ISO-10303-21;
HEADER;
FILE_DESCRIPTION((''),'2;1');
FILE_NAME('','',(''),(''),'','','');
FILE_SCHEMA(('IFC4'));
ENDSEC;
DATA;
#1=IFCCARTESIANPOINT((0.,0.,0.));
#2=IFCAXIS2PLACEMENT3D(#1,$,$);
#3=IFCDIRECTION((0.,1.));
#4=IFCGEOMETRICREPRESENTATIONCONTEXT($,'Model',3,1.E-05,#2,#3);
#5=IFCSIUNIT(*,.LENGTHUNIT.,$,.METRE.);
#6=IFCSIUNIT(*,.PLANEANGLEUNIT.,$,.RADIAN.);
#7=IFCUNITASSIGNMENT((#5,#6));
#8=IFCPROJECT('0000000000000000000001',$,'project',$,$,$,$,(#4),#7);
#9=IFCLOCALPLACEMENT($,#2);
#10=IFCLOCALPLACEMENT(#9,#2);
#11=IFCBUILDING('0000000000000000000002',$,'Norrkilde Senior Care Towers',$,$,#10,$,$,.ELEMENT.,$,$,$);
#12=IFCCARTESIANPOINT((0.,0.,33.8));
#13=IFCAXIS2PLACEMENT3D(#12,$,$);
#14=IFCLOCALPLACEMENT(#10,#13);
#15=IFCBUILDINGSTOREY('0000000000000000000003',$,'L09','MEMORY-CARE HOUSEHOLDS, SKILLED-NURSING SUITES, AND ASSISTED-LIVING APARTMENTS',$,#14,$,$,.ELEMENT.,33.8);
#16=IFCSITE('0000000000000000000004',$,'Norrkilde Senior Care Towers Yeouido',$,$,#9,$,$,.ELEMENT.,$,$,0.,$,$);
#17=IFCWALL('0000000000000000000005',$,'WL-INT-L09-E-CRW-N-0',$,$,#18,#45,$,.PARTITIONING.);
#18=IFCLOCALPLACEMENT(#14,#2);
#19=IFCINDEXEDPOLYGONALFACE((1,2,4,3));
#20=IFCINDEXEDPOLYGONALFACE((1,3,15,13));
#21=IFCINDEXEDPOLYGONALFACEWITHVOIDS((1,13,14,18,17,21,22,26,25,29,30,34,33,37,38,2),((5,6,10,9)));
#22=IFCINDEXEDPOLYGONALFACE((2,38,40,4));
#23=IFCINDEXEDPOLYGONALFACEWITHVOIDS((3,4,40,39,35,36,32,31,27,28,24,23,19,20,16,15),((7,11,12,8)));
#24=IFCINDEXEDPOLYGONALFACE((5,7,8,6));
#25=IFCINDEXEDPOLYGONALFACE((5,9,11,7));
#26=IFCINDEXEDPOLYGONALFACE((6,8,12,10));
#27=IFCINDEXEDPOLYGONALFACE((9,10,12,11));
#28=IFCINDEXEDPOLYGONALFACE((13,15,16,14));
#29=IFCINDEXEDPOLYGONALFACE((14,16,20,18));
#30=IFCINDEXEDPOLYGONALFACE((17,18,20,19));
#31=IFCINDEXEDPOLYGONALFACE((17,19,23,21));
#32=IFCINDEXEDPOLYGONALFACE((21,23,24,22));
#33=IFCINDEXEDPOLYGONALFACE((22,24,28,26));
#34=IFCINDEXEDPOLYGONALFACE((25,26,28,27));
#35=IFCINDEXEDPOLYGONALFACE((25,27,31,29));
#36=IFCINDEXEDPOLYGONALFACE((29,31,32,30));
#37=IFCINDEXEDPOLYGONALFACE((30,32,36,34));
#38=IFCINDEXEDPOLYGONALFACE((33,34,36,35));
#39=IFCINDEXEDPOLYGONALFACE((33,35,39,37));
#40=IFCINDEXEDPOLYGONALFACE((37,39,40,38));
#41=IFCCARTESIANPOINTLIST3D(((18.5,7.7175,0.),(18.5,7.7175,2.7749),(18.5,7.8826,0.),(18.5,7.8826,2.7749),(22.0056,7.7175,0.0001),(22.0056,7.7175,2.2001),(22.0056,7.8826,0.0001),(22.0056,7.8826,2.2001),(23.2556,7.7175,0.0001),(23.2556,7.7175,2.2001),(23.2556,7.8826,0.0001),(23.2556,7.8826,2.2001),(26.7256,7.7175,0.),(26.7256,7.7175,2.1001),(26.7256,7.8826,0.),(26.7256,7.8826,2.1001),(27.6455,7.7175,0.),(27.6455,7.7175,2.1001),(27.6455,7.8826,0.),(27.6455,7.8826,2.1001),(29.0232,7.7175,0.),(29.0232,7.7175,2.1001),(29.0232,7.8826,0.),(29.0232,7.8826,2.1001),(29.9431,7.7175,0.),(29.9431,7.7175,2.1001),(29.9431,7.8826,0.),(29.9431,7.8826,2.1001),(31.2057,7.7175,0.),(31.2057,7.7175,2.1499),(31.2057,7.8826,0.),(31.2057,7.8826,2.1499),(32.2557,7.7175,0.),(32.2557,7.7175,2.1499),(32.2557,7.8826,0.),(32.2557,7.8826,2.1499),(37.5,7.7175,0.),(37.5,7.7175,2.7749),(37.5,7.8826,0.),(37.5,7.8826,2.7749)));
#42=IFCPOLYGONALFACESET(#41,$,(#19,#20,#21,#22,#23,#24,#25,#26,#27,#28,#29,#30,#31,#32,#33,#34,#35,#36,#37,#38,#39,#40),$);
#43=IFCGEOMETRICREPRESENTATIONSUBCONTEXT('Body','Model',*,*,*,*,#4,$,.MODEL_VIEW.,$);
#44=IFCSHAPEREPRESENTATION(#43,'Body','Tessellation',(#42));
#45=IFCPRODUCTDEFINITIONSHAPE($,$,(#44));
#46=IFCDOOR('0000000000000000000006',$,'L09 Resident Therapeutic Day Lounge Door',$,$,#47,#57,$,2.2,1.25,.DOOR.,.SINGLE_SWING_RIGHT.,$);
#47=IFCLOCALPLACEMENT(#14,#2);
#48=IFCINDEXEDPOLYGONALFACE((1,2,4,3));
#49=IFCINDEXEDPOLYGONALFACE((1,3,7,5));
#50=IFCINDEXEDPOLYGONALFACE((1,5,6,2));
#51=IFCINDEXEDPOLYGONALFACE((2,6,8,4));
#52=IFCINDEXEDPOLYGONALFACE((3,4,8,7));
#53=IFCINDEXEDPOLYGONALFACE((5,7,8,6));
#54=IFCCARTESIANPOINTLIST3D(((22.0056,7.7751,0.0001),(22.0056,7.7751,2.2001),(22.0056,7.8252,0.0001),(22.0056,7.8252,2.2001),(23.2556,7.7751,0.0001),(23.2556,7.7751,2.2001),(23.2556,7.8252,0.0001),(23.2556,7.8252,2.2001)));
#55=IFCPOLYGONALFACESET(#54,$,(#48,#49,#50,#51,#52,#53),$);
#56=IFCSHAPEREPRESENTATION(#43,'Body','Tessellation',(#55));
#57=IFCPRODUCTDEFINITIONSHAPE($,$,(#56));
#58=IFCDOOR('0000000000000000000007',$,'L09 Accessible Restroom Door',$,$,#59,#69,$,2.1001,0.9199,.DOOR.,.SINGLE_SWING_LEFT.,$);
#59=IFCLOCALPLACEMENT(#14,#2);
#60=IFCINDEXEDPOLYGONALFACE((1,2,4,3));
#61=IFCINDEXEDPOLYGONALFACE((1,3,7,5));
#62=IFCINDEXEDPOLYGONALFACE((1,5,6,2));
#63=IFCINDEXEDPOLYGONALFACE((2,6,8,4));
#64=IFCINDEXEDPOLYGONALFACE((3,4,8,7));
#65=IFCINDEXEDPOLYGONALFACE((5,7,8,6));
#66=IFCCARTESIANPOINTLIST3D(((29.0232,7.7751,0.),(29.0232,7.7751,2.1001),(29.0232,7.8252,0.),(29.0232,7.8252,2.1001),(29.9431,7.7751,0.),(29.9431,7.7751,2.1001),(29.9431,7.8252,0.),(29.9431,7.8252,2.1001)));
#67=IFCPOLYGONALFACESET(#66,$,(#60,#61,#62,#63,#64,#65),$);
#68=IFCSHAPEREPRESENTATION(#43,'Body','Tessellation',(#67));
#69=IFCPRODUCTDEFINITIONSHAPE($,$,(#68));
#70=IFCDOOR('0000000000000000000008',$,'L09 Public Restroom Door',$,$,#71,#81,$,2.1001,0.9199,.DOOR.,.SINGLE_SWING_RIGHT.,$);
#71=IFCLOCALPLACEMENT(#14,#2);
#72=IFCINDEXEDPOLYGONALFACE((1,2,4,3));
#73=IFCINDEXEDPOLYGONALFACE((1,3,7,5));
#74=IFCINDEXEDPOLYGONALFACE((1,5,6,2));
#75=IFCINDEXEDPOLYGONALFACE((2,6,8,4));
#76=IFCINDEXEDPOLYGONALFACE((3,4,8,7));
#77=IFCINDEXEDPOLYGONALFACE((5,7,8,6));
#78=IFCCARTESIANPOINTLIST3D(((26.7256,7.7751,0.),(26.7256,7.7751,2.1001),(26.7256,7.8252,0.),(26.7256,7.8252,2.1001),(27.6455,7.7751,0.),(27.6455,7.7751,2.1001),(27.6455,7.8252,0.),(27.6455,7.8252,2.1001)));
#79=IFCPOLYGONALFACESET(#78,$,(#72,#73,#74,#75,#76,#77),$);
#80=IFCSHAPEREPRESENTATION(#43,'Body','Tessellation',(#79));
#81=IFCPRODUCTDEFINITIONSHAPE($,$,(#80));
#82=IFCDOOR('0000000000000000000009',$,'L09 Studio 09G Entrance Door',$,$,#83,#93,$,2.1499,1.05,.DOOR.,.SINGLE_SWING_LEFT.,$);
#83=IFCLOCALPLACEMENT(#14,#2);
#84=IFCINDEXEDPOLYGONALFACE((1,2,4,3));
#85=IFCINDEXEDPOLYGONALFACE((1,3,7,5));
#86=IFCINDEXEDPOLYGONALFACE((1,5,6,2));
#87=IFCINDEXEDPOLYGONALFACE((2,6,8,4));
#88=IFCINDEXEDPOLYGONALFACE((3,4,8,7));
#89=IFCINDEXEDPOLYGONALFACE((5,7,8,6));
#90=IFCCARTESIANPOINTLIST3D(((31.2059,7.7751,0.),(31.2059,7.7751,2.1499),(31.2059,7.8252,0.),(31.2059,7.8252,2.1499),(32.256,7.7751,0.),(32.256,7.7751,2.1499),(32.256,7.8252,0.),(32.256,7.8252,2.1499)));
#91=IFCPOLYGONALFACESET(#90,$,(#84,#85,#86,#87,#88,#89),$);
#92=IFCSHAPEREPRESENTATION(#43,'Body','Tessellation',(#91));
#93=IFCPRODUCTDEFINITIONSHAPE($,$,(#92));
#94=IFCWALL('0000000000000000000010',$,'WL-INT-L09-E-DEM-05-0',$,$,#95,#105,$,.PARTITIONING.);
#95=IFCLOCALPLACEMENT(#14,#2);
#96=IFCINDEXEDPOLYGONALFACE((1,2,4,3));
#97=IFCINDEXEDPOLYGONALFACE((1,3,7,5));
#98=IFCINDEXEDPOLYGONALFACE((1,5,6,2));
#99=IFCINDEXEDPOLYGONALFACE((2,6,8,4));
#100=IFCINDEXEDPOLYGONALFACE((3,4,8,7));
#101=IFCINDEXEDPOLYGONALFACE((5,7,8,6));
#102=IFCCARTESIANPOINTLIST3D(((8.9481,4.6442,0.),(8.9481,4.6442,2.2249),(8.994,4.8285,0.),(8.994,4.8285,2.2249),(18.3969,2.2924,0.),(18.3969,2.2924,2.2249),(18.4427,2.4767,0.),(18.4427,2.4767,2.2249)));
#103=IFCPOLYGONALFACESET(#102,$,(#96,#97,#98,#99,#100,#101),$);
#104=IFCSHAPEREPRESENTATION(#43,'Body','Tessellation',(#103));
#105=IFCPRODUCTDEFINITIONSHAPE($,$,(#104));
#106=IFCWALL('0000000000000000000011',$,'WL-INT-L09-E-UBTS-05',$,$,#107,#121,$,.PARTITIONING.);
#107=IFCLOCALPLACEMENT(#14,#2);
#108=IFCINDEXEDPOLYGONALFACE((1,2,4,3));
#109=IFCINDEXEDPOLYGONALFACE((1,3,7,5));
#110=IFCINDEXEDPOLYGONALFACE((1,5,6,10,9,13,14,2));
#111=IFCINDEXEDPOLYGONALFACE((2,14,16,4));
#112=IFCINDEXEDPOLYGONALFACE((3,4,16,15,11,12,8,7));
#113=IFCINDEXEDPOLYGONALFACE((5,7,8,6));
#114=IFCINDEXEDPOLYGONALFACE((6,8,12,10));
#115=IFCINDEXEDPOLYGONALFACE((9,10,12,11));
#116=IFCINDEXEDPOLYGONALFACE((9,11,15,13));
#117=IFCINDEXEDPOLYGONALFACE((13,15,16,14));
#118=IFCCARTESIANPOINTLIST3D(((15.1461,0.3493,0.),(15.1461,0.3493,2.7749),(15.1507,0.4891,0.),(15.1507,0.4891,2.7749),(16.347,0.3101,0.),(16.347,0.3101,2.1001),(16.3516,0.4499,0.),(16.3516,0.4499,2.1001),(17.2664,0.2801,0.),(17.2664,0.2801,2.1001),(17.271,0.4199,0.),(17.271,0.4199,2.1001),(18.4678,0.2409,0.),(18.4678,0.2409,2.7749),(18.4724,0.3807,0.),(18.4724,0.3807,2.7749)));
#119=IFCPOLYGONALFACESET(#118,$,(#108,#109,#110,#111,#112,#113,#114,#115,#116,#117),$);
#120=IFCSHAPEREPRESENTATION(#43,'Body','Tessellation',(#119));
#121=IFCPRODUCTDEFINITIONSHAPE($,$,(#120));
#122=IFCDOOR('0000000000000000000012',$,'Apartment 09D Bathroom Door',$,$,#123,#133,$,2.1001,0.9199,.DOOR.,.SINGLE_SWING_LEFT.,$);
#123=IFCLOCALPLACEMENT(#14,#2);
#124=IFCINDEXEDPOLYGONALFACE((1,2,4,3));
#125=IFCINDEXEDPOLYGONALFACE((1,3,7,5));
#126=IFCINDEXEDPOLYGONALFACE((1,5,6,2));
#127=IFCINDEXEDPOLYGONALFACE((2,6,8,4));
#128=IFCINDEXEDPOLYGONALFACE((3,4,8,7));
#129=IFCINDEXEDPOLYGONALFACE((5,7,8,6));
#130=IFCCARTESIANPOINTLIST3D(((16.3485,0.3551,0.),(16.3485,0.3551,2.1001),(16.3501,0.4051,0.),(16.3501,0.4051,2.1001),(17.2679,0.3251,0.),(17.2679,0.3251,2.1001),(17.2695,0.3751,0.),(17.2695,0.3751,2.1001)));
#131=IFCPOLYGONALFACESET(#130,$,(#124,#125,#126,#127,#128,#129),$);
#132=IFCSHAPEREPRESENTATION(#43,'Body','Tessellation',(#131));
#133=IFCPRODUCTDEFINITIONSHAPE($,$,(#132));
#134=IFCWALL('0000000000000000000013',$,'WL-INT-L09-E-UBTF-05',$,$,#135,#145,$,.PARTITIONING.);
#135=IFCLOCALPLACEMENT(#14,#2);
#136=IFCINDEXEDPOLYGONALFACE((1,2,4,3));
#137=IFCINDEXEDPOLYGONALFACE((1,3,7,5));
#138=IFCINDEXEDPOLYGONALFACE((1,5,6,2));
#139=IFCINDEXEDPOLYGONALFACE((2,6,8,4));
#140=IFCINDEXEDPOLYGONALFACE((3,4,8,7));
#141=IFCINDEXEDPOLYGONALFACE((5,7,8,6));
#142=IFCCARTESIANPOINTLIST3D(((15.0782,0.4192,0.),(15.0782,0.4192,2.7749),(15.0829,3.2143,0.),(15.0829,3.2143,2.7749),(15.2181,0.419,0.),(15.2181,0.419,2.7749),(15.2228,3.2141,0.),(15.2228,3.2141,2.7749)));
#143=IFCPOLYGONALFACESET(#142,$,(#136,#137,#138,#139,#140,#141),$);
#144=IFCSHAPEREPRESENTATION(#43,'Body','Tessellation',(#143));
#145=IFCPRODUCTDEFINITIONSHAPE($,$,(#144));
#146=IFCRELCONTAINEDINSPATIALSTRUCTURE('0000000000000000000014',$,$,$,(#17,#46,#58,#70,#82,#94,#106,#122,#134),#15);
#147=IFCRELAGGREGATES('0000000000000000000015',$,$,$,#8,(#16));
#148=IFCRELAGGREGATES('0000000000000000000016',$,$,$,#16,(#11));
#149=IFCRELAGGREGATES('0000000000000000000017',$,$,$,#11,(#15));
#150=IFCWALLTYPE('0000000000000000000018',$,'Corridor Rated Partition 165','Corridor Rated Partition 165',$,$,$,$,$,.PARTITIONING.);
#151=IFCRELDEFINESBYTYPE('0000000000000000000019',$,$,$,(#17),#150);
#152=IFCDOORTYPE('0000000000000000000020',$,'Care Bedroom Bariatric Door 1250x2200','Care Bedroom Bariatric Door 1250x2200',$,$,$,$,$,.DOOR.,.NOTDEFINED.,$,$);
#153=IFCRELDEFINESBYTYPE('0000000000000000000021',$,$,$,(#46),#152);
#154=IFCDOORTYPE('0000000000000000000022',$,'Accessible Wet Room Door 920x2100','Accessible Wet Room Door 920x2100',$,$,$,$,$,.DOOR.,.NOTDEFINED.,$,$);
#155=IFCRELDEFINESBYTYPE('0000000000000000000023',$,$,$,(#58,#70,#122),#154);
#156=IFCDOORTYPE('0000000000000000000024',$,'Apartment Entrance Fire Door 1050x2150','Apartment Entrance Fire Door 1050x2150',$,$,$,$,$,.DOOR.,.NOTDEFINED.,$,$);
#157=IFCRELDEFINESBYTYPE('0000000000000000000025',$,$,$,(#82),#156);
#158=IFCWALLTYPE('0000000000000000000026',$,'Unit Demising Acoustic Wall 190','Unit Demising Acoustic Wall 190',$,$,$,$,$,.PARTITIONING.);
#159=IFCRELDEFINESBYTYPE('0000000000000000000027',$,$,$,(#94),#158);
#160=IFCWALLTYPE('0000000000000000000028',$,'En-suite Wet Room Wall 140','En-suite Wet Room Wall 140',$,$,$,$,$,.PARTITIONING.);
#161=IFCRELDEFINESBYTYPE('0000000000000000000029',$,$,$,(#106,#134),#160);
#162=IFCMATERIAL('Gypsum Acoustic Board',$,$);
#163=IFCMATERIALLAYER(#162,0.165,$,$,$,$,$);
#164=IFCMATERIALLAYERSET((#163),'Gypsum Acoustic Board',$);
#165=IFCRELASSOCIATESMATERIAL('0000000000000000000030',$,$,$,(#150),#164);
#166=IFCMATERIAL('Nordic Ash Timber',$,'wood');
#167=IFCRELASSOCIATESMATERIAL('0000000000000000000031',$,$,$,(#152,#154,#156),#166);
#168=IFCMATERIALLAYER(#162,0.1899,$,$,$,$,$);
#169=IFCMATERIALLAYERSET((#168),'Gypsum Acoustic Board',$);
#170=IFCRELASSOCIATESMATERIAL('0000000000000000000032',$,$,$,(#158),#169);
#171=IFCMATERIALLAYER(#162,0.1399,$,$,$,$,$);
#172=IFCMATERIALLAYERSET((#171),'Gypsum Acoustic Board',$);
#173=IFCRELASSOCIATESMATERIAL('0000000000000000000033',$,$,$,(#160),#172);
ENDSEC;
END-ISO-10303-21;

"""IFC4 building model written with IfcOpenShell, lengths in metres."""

from ifc_helpers import new_model, si_unit, direction, frame, frame_2d, origin, place, context, subcontext, project, spatial, rectangle, extrude, source, transform, mapped, material, layer, layer_set, type_object, type_shapes, element, fill, save


model = new_model("IFC4")

# Units and contexts
model_context = context("Model", 3, precision=1e-05, world=origin(), true_north=direction((0.0, 1.0)))
body_context = subcontext(model_context, "Body", "Model", "MODEL_VIEW")
ifc_project = project(units=[si_unit("LENGTHUNIT", "METRE"), si_unit("PLANEANGLEUNIT", "RADIAN")], contexts=[model_context])

# Site, building, storey
site_placement = place(None, origin())
site = spatial("IfcSite", under=ifc_project, at=site_placement, Name="Norrkilde Senior Care Towers Yeouido", CompositionType="ELEMENT", RefElevation=0.0)
building_placement = place(site_placement, origin())
building = spatial("IfcBuilding", under=site, at=building_placement, Name="Norrkilde Senior Care Towers", CompositionType="ELEMENT")
storey_placement = place(building_placement, frame((0.0, 0.0, 33.8)))
storey = spatial("IfcBuildingStorey", under=building, at=storey_placement, Name="L09", Description="MEMORY-CARE HOUSEHOLDS, SKILLED-NURSING SUITES, AND ASSISTED-LIVING APARTMENTS", CompositionType="ELEMENT", Elevation=33.8)

# Wall, openings, doors
ifc_material_1 = material(Name="Gypsum Acoustic Board")
ifc_layer_1 = layer(ifc_material_1, 0.165)
ifc_layer_set_1 = layer_set([ifc_layer_1], Name="Gypsum Acoustic Board")
wall_type_1 = type_object("IfcWallType", Name="Corridor Rated Partition 165", Description="Corridor Rated Partition 165", PredefinedType="PARTITIONING", material=ifc_layer_set_1)
shared_shape_1 = source(origin(), body_context, "Body", "SweptSolid", [
    extrude(rectangle(XDim=19.0, YDim=0.165, at=frame_2d((9.5, 0.0))), origin(), (0.0, 0.0, 1.0), 2.7749),
])
type_shapes(wall_type_1, [shared_shape_1])
wall_1_placement = place(storey_placement, frame((18.5, 7.8, 0.0), z_axis=(0.0, 0.0, 1.0), x_axis=(1.0, 0.0, 0.0)))
wall_1 = element("IfcWall", 1, at=wall_1_placement, inside=storey, type_object=wall_type_1, Name="WL-INT-L09-E-CRW-N-0", PredefinedType="PARTITIONING", context=body_context, shape_type="MappedRepresentation", body=[
    mapped(shared_shape_1, transform((0.0, 0.0, 0.0), x_axis=(1.0, 0.0, 0.0), y_axis=(0.0, 1.0, 0.0), z_axis=(0.0, 0.0, 1.0), scale=1.0)),
])
opening_1_placement = place(wall_1_placement, frame((10.5232, 0.0, 0.0)))
opening_1 = element("IfcOpeningElement", 2, at=opening_1_placement, cuts=wall_1, PredefinedType="OPENING", context=body_context, shape_type="SweptSolid", body=[
    extrude(rectangle(XDim=0.9199, YDim=2.1001, at=frame_2d((0.46, 1.05))), frame((0.0, 0.0925, 0.0), z_axis=(0.0, -1.0, 0.0), x_axis=(1.0, 0.0, 0.0)), (0.0, 0.0, 1.0), 0.1851),
])
opening_2_placement = place(wall_1_placement, frame((8.2256, 0.0, 0.0)))
opening_2 = element("IfcOpeningElement", 3, at=opening_2_placement, cuts=wall_1, PredefinedType="OPENING", context=body_context, shape_type="SweptSolid", body=[
    extrude(rectangle(XDim=0.9199, YDim=2.1001, at=frame_2d((0.46, 1.05))), frame((0.0, 0.0925, 0.0), z_axis=(0.0, -1.0, 0.0), x_axis=(1.0, 0.0, 0.0)), (0.0, 0.0, 1.0), 0.1851),
])
opening_3_placement = place(wall_1_placement, frame((3.5056, 0.0, 0.0)))
opening_3 = element("IfcOpeningElement", 4, at=opening_3_placement, cuts=wall_1, PredefinedType="OPENING", context=body_context, shape_type="SweptSolid", body=[
    extrude(rectangle(XDim=1.25, YDim=2.2, at=frame_2d((0.625, 1.1001))), frame((0.0, 0.0925, 0.0), z_axis=(0.0, -1.0, 0.0), x_axis=(1.0, 0.0, 0.0)), (0.0, 0.0, 1.0), 0.1851),
])
opening_4_placement = place(wall_1_placement, frame((12.7058, 0.0, 0.0)))
opening_4 = element("IfcOpeningElement", 5, at=opening_4_placement, cuts=wall_1, PredefinedType="OPENING", context=body_context, shape_type="SweptSolid", body=[
    extrude(rectangle(XDim=1.05, YDim=2.1499, at=frame_2d((0.5249, 1.075))), frame((0.0, 0.0925, 0.0), z_axis=(0.0, -1.0, 0.0), x_axis=(1.0, 0.0, 0.0)), (0.0, 0.0, 1.0), 0.1851),
])
ifc_material_2 = material(Name="Nordic Ash Timber", Category="wood")
door_type_1 = type_object("IfcDoorType", Name="Care Bedroom Bariatric Door 1250x2200", Description="Care Bedroom Bariatric Door 1250x2200", OperationType="NOTDEFINED", PredefinedType="DOOR", material=ifc_material_2)
shared_shape_2 = source(origin(), body_context, "Body", "SweptSolid", [
    extrude(rectangle(XDim=1.25, YDim=2.2, at=frame_2d((0.625, 1.1001))), frame((0.0, 0.0249, 0.0), z_axis=(0.0, -1.0, 0.0), x_axis=(1.0, 0.0, 0.0)), (0.0, 0.0, 1.0), 0.05),
])
type_shapes(door_type_1, [shared_shape_2])
door_1_placement = place(opening_3_placement, frame((1.25, 0.0, 0.0), z_axis=(0.0, 0.0, 1.0), x_axis=(-1.0, 0.0, 0.0)))
door_1 = element("IfcDoor", 6, at=door_1_placement, inside=storey, type_object=door_type_1, Name="L09 Resident Therapeutic Day Lounge Door", OperationType="SINGLE_SWING_RIGHT", OverallHeight=2.2, OverallWidth=1.25, PredefinedType="DOOR", context=body_context, shape_type="MappedRepresentation", body=[
    mapped(shared_shape_2, transform((0.0, 0.0, 0.0), x_axis=(1.0, 0.0, 0.0), y_axis=(0.0, 1.0, 0.0), z_axis=(0.0, 0.0, 1.0), scale=1.0)),
])
fill(opening_3, door_1)
door_type_2 = type_object("IfcDoorType", Name="Accessible Wet Room Door 920x2100", Description="Accessible Wet Room Door 920x2100", OperationType="NOTDEFINED", PredefinedType="DOOR", material=ifc_material_2)
shared_shape_3 = source(origin(), body_context, "Body", "SweptSolid", [
    extrude(rectangle(XDim=0.9199, YDim=2.1001, at=frame_2d((0.46, 1.05))), frame((0.0, 0.0249, 0.0), z_axis=(0.0, -1.0, 0.0), x_axis=(1.0, 0.0, 0.0)), (0.0, 0.0, 1.0), 0.05),
])
type_shapes(door_type_2, [shared_shape_3])
door_2_placement = place(opening_1_placement, frame((0.9199, 0.0, 0.0), z_axis=(0.0, 0.0, 1.0), x_axis=(-1.0, 0.0, 0.0)))
door_2 = element("IfcDoor", 7, at=door_2_placement, inside=storey, type_object=door_type_2, Name="L09 Accessible Restroom Door", OperationType="SINGLE_SWING_LEFT", OverallHeight=2.1001, OverallWidth=0.9199, PredefinedType="DOOR", context=body_context, shape_type="MappedRepresentation", body=[
    mapped(shared_shape_3, transform((0.0, 0.0, 0.0), x_axis=(1.0, 0.0, 0.0), y_axis=(0.0, 1.0, 0.0), z_axis=(0.0, 0.0, 1.0), scale=1.0)),
])
fill(opening_1, door_2)
door_3_placement = place(opening_2_placement, frame((0.9199, 0.0, 0.0), z_axis=(0.0, 0.0, 1.0), x_axis=(-1.0, 0.0, 0.0)))
door_3 = element("IfcDoor", 8, at=door_3_placement, inside=storey, type_object=door_type_2, Name="L09 Public Restroom Door", OperationType="SINGLE_SWING_RIGHT", OverallHeight=2.1001, OverallWidth=0.9199, PredefinedType="DOOR", context=body_context, shape_type="MappedRepresentation", body=[
    mapped(shared_shape_3, transform((0.0, 0.0, 0.0), x_axis=(1.0, 0.0, 0.0), y_axis=(0.0, 1.0, 0.0), z_axis=(0.0, 0.0, 1.0), scale=1.0)),
])
fill(opening_2, door_3)
door_type_3 = type_object("IfcDoorType", Name="Apartment Entrance Fire Door 1050x2150", Description="Apartment Entrance Fire Door 1050x2150", OperationType="NOTDEFINED", PredefinedType="DOOR", material=ifc_material_2)
shared_shape_4 = source(origin(), body_context, "Body", "SweptSolid", [
    extrude(rectangle(XDim=1.05, YDim=2.1499, at=frame_2d((0.5249, 1.075))), frame((0.0, 0.0249, 0.0), z_axis=(0.0, -1.0, 0.0), x_axis=(1.0, 0.0, 0.0)), (0.0, 0.0, 1.0), 0.05),
])
type_shapes(door_type_3, [shared_shape_4])
door_4_placement = place(opening_4_placement, frame((1.05, 0.0, 0.0), z_axis=(0.0, 0.0, 1.0), x_axis=(-1.0, 0.0, 0.0)))
door_4 = element("IfcDoor", 9, at=door_4_placement, inside=storey, type_object=door_type_3, Name="L09 Studio 09G Entrance Door", OperationType="SINGLE_SWING_LEFT", OverallHeight=2.1499, OverallWidth=1.05, PredefinedType="DOOR", context=body_context, shape_type="MappedRepresentation", body=[
    mapped(shared_shape_4, transform((0.0, 0.0, 0.0), x_axis=(1.0, 0.0, 0.0), y_axis=(0.0, 1.0, 0.0), z_axis=(0.0, 0.0, 1.0), scale=1.0)),
])
fill(opening_4, door_4)

# Wall
ifc_layer_2 = layer(ifc_material_1, 0.1899)
ifc_layer_set_2 = layer_set([ifc_layer_2], Name="Gypsum Acoustic Board")
wall_type_2 = type_object("IfcWallType", Name="Unit Demising Acoustic Wall 190", Description="Unit Demising Acoustic Wall 190", PredefinedType="PARTITIONING", material=ifc_layer_set_2)
shared_shape_5 = source(origin(), body_context, "Body", "SweptSolid", [
    extrude(rectangle(XDim=9.7371, YDim=0.1899, at=frame_2d((4.8687, 0.0))), origin(), (0.0, 0.0, 1.0), 2.2249),
])
type_shapes(wall_type_2, [shared_shape_5])
wall_2_placement = place(storey_placement, frame((18.4199, 2.3845, 0.0), z_axis=(0.0, 0.0, 1.0), x_axis=(-0.970393, 0.241533, 0.0)))
element("IfcWall", 10, at=wall_2_placement, inside=storey, type_object=wall_type_2, Name="WL-INT-L09-E-DEM-05-0", PredefinedType="PARTITIONING", context=body_context, shape_type="MappedRepresentation", body=[
    mapped(shared_shape_5, transform((0.0, 0.0, 0.0), x_axis=(1.0, 0.0, 0.0), y_axis=(0.0, 1.0, 0.0), z_axis=(0.0, 0.0, 1.0), scale=1.0)),
])

# Wall, opening, door
ifc_layer_3 = layer(ifc_material_1, 0.1399)
ifc_layer_set_3 = layer_set([ifc_layer_3], Name="Gypsum Acoustic Board")
wall_type_3 = type_object("IfcWallType", Name="En-suite Wet Room Wall 140", Description="En-suite Wet Room Wall 140", PredefinedType="PARTITIONING", material=ifc_layer_set_3)
shared_shape_6 = source(origin(), body_context, "Body", "SweptSolid", [
    extrude(rectangle(XDim=3.3235, YDim=0.1399, at=frame_2d((1.6616, 0.0))), origin(), (0.0, 0.0, 1.0), 2.7749),
])
wall_3_placement = place(storey_placement, frame((18.47, 0.3108, 0.0), z_axis=(0.0, 0.0, 1.0), x_axis=(-0.999468, 0.032615, 0.0)))
wall_3 = element("IfcWall", 11, at=wall_3_placement, inside=storey, type_object=wall_type_3, Name="WL-INT-L09-E-UBTS-05", PredefinedType="PARTITIONING", context=body_context, shape_type="MappedRepresentation", body=[
    mapped(shared_shape_6, transform((0.0, 0.0, 0.0), x_axis=(1.0, 0.0, 0.0), y_axis=(0.0, 1.0, 0.0), z_axis=(0.0, 0.0, 1.0), scale=1.0)),
])
opening_5_placement = place(wall_3_placement, frame((1.2019, 0.0, 0.0)))
opening_5 = element("IfcOpeningElement", 12, at=opening_5_placement, cuts=wall_3, PredefinedType="OPENING", context=body_context, shape_type="SweptSolid", body=[
    extrude(rectangle(XDim=0.9199, YDim=2.1001, at=frame_2d((0.46, 1.05))), frame((0.0, 0.0798, 0.0), z_axis=(0.0, -1.0, 0.0), x_axis=(1.0, 0.0, 0.0)), (0.0, 0.0, 1.0), 0.1599),
])
door_5_placement = place(opening_5_placement, origin())
door_5 = element("IfcDoor", 13, at=door_5_placement, inside=storey, type_object=door_type_2, Name="Apartment 09D Bathroom Door", OperationType="SINGLE_SWING_LEFT", OverallHeight=2.1001, OverallWidth=0.9199, PredefinedType="DOOR", context=body_context, shape_type="MappedRepresentation", body=[
    mapped(shared_shape_3, transform((0.0, 0.0, 0.0), x_axis=(1.0, 0.0, 0.0), y_axis=(0.0, 1.0, 0.0), z_axis=(0.0, 0.0, 1.0), scale=1.0)),
])
fill(opening_5, door_5)

# Wall
shared_shape_7 = source(origin(), body_context, "Body", "SweptSolid", [
    extrude(rectangle(XDim=2.7952, YDim=0.1399, at=frame_2d((1.3975, 0.0))), origin(), (0.0, 0.0, 1.0), 2.7749),
])
type_shapes(wall_type_3, [shared_shape_6, shared_shape_7])
wall_4_placement = place(storey_placement, frame((15.1482, 0.4192, 0.0), z_axis=(0.0, 0.0, 1.0), x_axis=(0.00166, 0.999999, 0.0)))
element("IfcWall", 14, at=wall_4_placement, inside=storey, type_object=wall_type_3, Name="WL-INT-L09-E-UBTF-05", PredefinedType="PARTITIONING", context=body_context, shape_type="MappedRepresentation", body=[
    mapped(shared_shape_7, transform((0.0, 0.0, 0.0), x_axis=(1.0, 0.0, 0.0), y_axis=(0.0, 1.0, 0.0), z_axis=(0.0, 0.0, 1.0), scale=1.0)),
])

save(model, "model.ifc")
